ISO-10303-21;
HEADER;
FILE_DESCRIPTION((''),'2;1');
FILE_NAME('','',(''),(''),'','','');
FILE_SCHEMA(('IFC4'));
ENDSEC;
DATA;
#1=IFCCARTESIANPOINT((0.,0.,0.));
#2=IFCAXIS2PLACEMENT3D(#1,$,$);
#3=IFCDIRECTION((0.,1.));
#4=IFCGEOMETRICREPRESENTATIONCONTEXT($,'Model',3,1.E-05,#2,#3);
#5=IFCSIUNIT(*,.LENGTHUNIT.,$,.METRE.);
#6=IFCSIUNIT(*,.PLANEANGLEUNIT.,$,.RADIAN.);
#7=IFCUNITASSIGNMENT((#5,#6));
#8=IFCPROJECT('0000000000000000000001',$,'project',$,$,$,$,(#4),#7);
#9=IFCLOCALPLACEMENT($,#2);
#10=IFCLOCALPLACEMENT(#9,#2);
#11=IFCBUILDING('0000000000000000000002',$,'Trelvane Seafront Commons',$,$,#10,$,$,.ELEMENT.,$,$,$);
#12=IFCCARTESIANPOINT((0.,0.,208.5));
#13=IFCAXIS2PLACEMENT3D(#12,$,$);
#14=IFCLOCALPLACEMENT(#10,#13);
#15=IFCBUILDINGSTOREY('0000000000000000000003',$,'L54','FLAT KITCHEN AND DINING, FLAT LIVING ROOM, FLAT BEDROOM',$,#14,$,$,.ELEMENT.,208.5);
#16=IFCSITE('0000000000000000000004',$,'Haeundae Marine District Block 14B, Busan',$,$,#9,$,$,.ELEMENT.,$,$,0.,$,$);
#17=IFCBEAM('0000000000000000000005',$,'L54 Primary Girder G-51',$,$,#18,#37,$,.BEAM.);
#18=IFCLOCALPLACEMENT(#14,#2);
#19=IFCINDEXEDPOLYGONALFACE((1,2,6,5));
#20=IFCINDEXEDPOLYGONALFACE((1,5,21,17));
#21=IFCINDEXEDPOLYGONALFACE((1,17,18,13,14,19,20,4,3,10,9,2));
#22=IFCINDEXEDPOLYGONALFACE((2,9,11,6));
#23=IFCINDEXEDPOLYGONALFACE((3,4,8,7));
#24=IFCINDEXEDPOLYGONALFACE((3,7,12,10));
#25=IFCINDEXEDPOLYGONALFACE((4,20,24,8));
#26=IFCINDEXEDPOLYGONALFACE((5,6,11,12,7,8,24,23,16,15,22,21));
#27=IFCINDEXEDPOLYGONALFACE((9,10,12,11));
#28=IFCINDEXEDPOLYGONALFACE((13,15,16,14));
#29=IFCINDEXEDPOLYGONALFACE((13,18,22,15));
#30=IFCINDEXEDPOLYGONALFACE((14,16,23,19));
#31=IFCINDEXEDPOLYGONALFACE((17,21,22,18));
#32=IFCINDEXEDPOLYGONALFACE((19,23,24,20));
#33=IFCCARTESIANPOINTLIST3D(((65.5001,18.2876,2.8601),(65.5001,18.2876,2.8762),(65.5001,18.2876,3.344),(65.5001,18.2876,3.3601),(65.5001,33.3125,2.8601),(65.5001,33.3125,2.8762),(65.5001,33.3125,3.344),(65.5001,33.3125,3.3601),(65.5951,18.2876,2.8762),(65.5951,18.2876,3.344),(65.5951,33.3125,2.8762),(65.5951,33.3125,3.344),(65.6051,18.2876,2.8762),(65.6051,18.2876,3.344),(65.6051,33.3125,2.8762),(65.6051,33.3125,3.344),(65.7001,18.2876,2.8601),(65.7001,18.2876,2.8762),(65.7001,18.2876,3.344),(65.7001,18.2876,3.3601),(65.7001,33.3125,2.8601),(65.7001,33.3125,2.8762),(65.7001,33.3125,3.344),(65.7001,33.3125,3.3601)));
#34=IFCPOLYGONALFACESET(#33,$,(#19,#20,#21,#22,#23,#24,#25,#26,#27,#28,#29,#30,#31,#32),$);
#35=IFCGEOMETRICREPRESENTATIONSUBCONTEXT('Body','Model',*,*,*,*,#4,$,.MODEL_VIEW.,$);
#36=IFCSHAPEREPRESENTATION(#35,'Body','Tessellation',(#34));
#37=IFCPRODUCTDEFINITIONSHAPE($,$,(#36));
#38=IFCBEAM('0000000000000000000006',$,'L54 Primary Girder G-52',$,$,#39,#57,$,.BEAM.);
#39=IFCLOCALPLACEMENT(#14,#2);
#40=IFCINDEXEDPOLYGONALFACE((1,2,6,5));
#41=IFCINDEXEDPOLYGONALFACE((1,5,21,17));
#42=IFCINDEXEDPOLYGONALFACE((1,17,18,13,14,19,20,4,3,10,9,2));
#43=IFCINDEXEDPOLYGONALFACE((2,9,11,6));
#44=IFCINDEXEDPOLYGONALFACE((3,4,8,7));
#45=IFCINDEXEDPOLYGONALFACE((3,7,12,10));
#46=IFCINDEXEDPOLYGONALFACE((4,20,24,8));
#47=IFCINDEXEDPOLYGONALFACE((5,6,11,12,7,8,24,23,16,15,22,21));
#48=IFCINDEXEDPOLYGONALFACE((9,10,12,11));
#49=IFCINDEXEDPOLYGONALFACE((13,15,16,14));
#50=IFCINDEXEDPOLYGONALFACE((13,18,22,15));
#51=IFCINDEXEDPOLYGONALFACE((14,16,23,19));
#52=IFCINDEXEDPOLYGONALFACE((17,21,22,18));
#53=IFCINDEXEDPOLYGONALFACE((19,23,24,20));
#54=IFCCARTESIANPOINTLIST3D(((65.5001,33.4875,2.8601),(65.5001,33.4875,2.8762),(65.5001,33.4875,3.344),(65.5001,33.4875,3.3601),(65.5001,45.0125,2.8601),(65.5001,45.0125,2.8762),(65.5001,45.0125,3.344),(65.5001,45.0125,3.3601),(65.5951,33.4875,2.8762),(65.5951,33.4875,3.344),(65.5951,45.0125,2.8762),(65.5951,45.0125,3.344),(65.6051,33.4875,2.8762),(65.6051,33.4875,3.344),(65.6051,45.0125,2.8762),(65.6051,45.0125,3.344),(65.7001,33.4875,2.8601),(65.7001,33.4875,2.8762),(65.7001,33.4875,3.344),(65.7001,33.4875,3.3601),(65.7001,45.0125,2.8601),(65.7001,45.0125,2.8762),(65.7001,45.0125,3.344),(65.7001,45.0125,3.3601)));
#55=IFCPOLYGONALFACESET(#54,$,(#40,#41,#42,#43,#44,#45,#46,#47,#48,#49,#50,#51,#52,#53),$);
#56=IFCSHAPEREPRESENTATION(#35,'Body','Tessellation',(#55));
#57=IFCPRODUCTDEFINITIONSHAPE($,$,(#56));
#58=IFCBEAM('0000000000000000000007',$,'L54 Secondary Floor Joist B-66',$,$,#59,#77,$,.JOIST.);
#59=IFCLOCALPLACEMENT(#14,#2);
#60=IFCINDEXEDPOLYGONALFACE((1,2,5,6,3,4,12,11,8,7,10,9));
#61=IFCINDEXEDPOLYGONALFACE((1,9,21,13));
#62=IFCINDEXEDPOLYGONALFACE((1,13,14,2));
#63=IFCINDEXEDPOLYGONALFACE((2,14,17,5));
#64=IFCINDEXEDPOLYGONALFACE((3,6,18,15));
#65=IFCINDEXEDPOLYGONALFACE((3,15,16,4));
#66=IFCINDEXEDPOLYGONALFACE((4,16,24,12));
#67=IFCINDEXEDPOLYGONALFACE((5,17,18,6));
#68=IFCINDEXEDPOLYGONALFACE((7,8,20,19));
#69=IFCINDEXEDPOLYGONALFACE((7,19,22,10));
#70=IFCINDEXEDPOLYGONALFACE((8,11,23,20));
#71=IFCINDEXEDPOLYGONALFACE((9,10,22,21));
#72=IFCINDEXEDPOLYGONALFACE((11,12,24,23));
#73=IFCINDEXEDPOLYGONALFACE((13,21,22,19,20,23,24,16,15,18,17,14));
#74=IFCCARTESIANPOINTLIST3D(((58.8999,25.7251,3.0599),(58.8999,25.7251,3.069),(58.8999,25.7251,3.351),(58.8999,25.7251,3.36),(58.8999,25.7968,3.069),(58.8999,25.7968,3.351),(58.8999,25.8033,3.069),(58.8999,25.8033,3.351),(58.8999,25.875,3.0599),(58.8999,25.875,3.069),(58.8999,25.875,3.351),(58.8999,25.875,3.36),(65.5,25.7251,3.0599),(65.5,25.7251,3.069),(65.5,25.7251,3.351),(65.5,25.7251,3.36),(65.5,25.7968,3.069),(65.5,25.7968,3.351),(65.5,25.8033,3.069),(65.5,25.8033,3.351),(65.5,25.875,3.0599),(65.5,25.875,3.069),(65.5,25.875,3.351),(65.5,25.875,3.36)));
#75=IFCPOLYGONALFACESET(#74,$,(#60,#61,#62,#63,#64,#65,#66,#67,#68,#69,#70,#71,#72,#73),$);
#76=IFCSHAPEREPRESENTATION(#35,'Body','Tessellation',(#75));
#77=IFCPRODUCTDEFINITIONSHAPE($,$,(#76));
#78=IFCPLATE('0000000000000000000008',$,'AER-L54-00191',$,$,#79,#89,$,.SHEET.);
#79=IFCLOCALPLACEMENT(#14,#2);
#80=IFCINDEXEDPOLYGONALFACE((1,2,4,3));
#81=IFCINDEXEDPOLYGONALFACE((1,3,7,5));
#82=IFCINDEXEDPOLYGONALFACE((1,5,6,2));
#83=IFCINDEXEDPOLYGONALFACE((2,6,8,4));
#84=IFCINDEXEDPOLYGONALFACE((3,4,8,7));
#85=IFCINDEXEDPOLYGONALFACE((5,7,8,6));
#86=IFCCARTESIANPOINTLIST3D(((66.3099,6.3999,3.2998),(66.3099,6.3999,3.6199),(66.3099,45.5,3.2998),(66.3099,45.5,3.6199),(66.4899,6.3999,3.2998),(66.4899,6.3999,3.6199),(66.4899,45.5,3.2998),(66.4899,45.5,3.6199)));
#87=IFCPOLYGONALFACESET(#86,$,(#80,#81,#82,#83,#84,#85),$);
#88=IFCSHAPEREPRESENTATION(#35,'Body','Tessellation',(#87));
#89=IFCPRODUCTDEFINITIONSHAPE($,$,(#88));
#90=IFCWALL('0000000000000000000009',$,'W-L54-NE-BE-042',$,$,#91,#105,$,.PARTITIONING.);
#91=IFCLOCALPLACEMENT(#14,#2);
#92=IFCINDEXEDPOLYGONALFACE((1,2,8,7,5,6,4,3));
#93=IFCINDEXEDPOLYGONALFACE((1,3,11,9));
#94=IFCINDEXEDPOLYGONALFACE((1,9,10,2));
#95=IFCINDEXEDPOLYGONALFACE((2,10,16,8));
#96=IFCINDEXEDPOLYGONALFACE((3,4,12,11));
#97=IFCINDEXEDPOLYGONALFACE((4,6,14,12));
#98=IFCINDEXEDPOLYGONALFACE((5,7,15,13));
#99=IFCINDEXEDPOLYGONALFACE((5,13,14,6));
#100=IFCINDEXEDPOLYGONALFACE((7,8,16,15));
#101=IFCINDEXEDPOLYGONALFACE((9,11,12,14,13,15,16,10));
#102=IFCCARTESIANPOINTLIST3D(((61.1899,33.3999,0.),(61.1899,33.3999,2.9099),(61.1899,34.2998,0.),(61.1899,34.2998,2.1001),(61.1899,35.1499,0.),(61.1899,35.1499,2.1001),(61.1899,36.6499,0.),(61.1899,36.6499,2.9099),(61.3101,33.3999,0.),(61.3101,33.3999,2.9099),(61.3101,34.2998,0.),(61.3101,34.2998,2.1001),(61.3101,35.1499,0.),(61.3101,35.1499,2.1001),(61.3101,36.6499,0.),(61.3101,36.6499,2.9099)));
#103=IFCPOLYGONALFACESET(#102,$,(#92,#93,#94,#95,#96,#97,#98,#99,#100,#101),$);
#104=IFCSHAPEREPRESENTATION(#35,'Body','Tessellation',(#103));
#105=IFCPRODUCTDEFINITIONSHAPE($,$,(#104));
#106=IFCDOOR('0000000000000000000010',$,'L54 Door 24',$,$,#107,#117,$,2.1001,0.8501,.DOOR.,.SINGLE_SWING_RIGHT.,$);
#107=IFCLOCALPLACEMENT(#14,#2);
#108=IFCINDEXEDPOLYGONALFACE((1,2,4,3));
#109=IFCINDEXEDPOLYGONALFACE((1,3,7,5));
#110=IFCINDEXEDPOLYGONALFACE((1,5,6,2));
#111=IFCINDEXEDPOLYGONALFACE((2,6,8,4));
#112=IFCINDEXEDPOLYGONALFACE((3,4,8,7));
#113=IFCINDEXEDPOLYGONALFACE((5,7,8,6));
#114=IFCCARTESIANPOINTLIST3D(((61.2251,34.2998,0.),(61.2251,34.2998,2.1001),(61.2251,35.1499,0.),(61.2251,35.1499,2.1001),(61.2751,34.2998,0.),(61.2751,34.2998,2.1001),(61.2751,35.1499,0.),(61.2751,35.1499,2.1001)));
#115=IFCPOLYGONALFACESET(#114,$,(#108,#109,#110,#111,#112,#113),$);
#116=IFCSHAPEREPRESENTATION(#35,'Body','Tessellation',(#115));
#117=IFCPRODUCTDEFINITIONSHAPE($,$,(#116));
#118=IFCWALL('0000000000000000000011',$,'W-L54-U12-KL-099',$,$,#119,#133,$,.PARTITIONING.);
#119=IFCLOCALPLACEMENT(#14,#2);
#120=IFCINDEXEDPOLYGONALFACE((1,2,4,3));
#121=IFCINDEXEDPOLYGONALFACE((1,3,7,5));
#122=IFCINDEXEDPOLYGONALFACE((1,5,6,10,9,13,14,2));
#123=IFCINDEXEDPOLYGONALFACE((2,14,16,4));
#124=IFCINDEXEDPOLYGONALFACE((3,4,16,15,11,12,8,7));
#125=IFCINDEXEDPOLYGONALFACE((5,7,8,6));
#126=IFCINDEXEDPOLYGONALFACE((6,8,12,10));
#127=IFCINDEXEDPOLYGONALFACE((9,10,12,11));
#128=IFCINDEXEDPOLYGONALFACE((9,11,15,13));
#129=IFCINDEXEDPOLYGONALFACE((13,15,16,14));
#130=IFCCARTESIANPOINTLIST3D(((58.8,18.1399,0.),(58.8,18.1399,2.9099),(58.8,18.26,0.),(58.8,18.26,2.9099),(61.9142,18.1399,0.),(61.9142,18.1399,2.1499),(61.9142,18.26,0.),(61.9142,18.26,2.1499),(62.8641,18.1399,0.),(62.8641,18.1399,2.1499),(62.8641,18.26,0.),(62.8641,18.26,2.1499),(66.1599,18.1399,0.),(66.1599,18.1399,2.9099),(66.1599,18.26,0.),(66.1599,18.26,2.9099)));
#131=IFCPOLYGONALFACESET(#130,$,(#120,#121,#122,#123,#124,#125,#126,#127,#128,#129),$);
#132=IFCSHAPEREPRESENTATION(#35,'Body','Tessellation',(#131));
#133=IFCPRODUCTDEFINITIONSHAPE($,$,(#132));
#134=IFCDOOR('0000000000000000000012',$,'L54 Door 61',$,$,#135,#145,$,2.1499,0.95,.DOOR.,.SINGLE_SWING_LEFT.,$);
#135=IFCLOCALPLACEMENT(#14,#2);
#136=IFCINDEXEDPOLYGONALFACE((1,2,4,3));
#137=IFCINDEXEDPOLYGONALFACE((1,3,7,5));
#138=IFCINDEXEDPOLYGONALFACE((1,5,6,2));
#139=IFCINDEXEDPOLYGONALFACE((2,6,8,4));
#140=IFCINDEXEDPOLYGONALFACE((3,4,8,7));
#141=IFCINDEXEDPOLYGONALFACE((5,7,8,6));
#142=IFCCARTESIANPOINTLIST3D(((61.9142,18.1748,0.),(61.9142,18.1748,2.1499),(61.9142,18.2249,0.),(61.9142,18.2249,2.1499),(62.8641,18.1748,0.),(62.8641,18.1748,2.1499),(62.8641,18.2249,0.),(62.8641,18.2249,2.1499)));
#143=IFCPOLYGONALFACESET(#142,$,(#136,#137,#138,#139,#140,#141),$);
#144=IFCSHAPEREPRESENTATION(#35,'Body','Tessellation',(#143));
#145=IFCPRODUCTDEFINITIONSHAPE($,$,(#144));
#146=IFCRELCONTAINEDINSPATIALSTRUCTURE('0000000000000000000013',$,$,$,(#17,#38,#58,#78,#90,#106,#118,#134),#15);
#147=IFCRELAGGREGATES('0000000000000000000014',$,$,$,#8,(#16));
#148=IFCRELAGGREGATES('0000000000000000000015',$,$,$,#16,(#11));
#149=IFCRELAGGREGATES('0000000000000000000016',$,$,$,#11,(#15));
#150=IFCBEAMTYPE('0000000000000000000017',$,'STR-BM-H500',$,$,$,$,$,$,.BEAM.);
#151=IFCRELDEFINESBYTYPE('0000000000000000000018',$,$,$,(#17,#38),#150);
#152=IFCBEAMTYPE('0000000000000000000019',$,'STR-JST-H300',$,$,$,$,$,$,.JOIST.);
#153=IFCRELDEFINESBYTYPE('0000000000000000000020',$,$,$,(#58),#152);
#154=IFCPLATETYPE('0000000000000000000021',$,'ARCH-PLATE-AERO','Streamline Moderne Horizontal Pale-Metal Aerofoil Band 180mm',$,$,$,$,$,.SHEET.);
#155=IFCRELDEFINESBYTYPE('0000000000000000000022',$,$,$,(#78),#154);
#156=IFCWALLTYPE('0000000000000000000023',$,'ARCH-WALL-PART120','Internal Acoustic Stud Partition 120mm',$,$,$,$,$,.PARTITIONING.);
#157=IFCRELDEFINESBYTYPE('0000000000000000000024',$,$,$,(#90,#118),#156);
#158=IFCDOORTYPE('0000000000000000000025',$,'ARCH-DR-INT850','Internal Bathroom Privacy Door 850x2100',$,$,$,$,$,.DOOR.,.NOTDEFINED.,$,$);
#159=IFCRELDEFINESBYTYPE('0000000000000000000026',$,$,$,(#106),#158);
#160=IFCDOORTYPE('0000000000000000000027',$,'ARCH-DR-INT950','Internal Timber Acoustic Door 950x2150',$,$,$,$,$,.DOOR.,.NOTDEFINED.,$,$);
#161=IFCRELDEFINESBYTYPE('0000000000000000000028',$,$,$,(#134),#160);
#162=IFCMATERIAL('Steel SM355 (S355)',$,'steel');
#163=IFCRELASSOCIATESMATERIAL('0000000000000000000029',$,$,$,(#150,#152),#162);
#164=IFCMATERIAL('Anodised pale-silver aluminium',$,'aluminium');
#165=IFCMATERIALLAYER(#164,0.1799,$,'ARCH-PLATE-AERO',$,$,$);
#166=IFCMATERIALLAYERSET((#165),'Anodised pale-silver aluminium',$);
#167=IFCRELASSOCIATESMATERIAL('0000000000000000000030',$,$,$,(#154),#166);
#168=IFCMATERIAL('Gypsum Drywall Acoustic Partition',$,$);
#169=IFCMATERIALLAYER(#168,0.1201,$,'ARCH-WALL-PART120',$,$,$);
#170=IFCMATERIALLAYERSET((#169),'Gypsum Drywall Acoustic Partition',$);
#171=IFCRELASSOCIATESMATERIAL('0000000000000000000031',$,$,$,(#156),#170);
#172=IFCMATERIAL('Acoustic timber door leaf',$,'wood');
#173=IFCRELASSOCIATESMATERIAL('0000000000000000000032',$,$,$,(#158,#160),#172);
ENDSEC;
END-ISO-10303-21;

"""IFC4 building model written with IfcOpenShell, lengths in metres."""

from ifc_helpers import new_model, si_unit, direction, frame, frame_2d, origin, origin_2d, place, context, subcontext, project, spatial, rectangle, i_section, extrude, source, transform, mapped, material, layer, layer_set, material_profile, profile_set, type_object, element, fill, save


model = new_model("IFC4")

# Units and contexts
model_context = context("Model", 3, precision=1e-05, world=origin(), true_north=direction((0.0, 1.0)))
body_context = subcontext(model_context, "Body", "Model", "MODEL_VIEW")
ifc_project = project(units=[si_unit("LENGTHUNIT", "METRE"), si_unit("PLANEANGLEUNIT", "RADIAN")], contexts=[model_context])

# Site, building, storey
site_placement = place(None, origin())
site = spatial("IfcSite", under=ifc_project, at=site_placement, Name="Haeundae Marine District Block 14B, Busan", CompositionType="ELEMENT", RefElevation=0.0)
building_placement = place(site_placement, origin())
building = spatial("IfcBuilding", under=site, at=building_placement, Name="Trelvane Seafront Commons", CompositionType="ELEMENT")
storey_placement = place(building_placement, frame((0.0, 0.0, 208.5)))
storey = spatial("IfcBuildingStorey", under=building, at=storey_placement, Name="L54", Description="FLAT KITCHEN AND DINING, FLAT LIVING ROOM, FLAT BEDROOM", CompositionType="ELEMENT", Elevation=208.5)

# Shared definitions
ifc_material_1 = material(Name="Steel SM355 (S355)", Category="steel")

# Beams
ifc_material_profile_1 = material_profile(ifc_material_1, i_section(OverallWidth=0.2, OverallDepth=0.5, WebThickness=0.01, FlangeThickness=0.0161, at=origin_2d()), Name="H-500x200x10x16")
ifc_profile_set_1 = profile_set([ifc_material_profile_1], Name="Steel SM355 (S355)")
beam_type_1 = type_object("IfcBeamType", Name="STR-BM-H500", PredefinedType="BEAM", material=ifc_profile_set_1)
shared_shape_1 = source(origin(), body_context, "Body", "SweptSolid", [
    extrude(i_section(OverallWidth=0.2, OverallDepth=0.5, WebThickness=0.01, FlangeThickness=0.0161, at=origin_2d()), origin(), (0.0, 0.0, 1.0), 15.0249),
])
beam_1_placement = place(storey_placement, frame((65.6001, 18.2876, 3.1101), z_axis=(0.0, 1.0, 0.0), x_axis=(-1.0, 0.0, 0.0)))
element("IfcBeam", 1, at=beam_1_placement, inside=storey, type_object=beam_type_1, Name="L54 Primary Girder G-51", PredefinedType="BEAM", context=body_context, shape_type="MappedRepresentation", body=[
    mapped(shared_shape_1, transform((0.0, 0.0, 0.0), x_axis=(1.0, 0.0, 0.0), y_axis=(0.0, 1.0, 0.0), z_axis=(0.0, 0.0, 1.0), scale=1.0)),
])
shared_shape_2 = source(origin(), body_context, "Body", "SweptSolid", [
    extrude(i_section(OverallWidth=0.2, OverallDepth=0.5, WebThickness=0.01, FlangeThickness=0.0161, at=origin_2d()), origin(), (0.0, 0.0, 1.0), 11.5249),
])
beam_2_placement = place(storey_placement, frame((65.6001, 33.4875, 3.1101), z_axis=(0.0, 1.0, 0.0), x_axis=(-1.0, 0.0, 0.0)))
element("IfcBeam", 2, at=beam_2_placement, inside=storey, type_object=beam_type_1, Name="L54 Primary Girder G-52", PredefinedType="BEAM", context=body_context, shape_type="MappedRepresentation", body=[
    mapped(shared_shape_2, transform((0.0, 0.0, 0.0), x_axis=(1.0, 0.0, 0.0), y_axis=(0.0, 1.0, 0.0), z_axis=(0.0, 0.0, 1.0), scale=1.0)),
])
ifc_material_profile_2 = material_profile(ifc_material_1, i_section(OverallWidth=0.1499, OverallDepth=0.3, WebThickness=0.0066, FlangeThickness=0.009, at=origin_2d()), Name="H-300x150x6.5x9")
ifc_profile_set_2 = profile_set([ifc_material_profile_2], Name="Steel SM355 (S355)")
beam_type_2 = type_object("IfcBeamType", Name="STR-JST-H300", PredefinedType="JOIST", material=ifc_profile_set_2)
shared_shape_3 = source(origin(), body_context, "Body", "SweptSolid", [
    extrude(i_section(OverallWidth=0.1499, OverallDepth=0.3, WebThickness=0.0066, FlangeThickness=0.009, at=origin_2d()), origin(), (0.0, 0.0, 1.0), 6.6001),
])
beam_3_placement = place(storey_placement, frame((58.8999, 25.8, 3.21), z_axis=(1.0, 0.0, 0.0), x_axis=(0.0, 1.0, 0.0)))
element("IfcBeam", 3, at=beam_3_placement, inside=storey, type_object=beam_type_2, Name="L54 Secondary Floor Joist B-66", PredefinedType="JOIST", context=body_context, shape_type="MappedRepresentation", body=[
    mapped(shared_shape_3, transform((0.0, 0.0, 0.0), x_axis=(1.0, 0.0, 0.0), y_axis=(0.0, 1.0, 0.0), z_axis=(0.0, 0.0, 1.0), scale=1.0)),
])

# Plate
ifc_material_2 = material(Name="Anodised pale-silver aluminium", Category="aluminium")
ifc_layer_1 = layer(ifc_material_2, 0.1799, Name="ARCH-PLATE-AERO")
ifc_layer_set_1 = layer_set([ifc_layer_1], Name="Anodised pale-silver aluminium")
plate_type = type_object("IfcPlateType", Name="ARCH-PLATE-AERO", Description="Streamline Moderne Horizontal Pale-Metal Aerofoil Band 180mm", PredefinedType="SHEET", material=ifc_layer_set_1)
shared_shape_4 = source(origin(), body_context, "Body", "SweptSolid", [
    extrude(rectangle(XDim=39.1001, YDim=0.1799, at=origin_2d()), origin(), (0.0, 0.0, 1.0), 0.3201),
])
plate_placement = place(storey_placement, frame((66.3999, 25.95, 3.2998), z_axis=(0.0, 0.0, 1.0), x_axis=(0.0, -1.0, 0.0)))
element("IfcPlate", 4, at=plate_placement, inside=storey, type_object=plate_type, Name="AER-L54-00191", PredefinedType="SHEET", context=body_context, shape_type="MappedRepresentation", body=[
    mapped(shared_shape_4, transform((0.0, 0.0, 0.0), x_axis=(1.0, 0.0, 0.0), y_axis=(0.0, 1.0, 0.0), z_axis=(0.0, 0.0, 1.0), scale=1.0)),
])

# Walls, openings, doors
ifc_material_3 = material(Name="Gypsum Drywall Acoustic Partition")
ifc_layer_2 = layer(ifc_material_3, 0.1201, Name="ARCH-WALL-PART120")
ifc_layer_set_2 = layer_set([ifc_layer_2], Name="Gypsum Drywall Acoustic Partition")
wall_type_1 = type_object("IfcWallType", Name="ARCH-WALL-PART120", Description="Internal Acoustic Stud Partition 120mm", PredefinedType="PARTITIONING", material=ifc_layer_set_2)
wall_1_placement = place(storey_placement, frame((61.25, 33.3999, 0.0), z_axis=(0.0, 0.0, 1.0), x_axis=(0.0, 1.0, 0.0)))
wall_1 = element("IfcWall", 5, at=wall_1_placement, inside=storey, type_object=wall_type_1, Name="W-L54-NE-BE-042", PredefinedType="PARTITIONING", context=body_context, shape_type="SweptSolid", body=[
    extrude(rectangle(XDim=3.25, YDim=0.1201, at=frame_2d((1.625, 0.0))), origin(), (0.0, 0.0, 1.0), 2.9099),
])
opening_1_placement = place(wall_1_placement, frame((0.8999, 0.0, 0.0)))
opening_1 = element("IfcOpeningElement", 6, at=opening_1_placement, cuts=wall_1, PredefinedType="OPENING", context=body_context, shape_type="SweptSolid", body=[
    extrude(rectangle(XDim=0.8501, YDim=2.1001, at=frame_2d((0.425, 1.05))), frame((0.0, 0.0701, 0.0), z_axis=(0.0, -1.0, 0.0), x_axis=(1.0, 0.0, 0.0)), (0.0, 0.0, 1.0), 0.1401),
])
ifc_material_4 = material(Name="Acoustic timber door leaf", Category="wood")
door_type_1 = type_object("IfcDoorType", Name="ARCH-DR-INT850", Description="Internal Bathroom Privacy Door 850x2100", OperationType="NOTDEFINED", PredefinedType="DOOR", material=ifc_material_4)
shared_shape_5 = source(origin(), body_context, "Body", "SweptSolid", [
    extrude(rectangle(XDim=0.8501, YDim=2.1001, at=frame_2d((0.425, 1.05))), frame((0.0, 0.0249, 0.0), z_axis=(0.0, -1.0, 0.0), x_axis=(1.0, 0.0, 0.0)), (0.0, 0.0, 1.0), 0.05),
])
door_1_placement = place(opening_1_placement, origin())
door_1 = element("IfcDoor", 7, at=door_1_placement, inside=storey, type_object=door_type_1, Name="L54 Door 24", OperationType="SINGLE_SWING_RIGHT", OverallHeight=2.1001, OverallWidth=0.8501, PredefinedType="DOOR", context=body_context, shape_type="MappedRepresentation", body=[
    mapped(shared_shape_5, transform((0.0, 0.0, 0.0), x_axis=(1.0, 0.0, 0.0), y_axis=(0.0, 1.0, 0.0), z_axis=(0.0, 0.0, 1.0), scale=1.0)),
])
fill(opening_1, door_1)
door_type_2 = type_object("IfcDoorType", Name="ARCH-DR-INT950", Description="Internal Timber Acoustic Door 950x2150", OperationType="NOTDEFINED", PredefinedType="DOOR", material=ifc_material_4)
shared_shape_6 = source(origin(), body_context, "Body", "SweptSolid", [
    extrude(rectangle(XDim=0.95, YDim=2.1499, at=frame_2d((0.4751, 1.075))), frame((0.0, 0.0249, 0.0), z_axis=(0.0, -1.0, 0.0), x_axis=(1.0, 0.0, 0.0)), (0.0, 0.0, 1.0), 0.05),
])
wall_2_placement = place(storey_placement, frame((58.8, 18.2, 0.0), z_axis=(0.0, 0.0, 1.0), x_axis=(1.0, 0.0, 0.0)))
wall_2 = element("IfcWall", 8, at=wall_2_placement, inside=storey, type_object=wall_type_1, Name="W-L54-U12-KL-099", PredefinedType="PARTITIONING", context=body_context, shape_type="SweptSolid", body=[
    extrude(rectangle(XDim=7.3599, YDim=0.1201, at=frame_2d((3.6799, 0.0))), origin(), (0.0, 0.0, 1.0), 2.9099),
])
opening_2_placement = place(wall_2_placement, frame((3.114, 0.0, 0.0)))
opening_2 = element("IfcOpeningElement", 9, at=opening_2_placement, cuts=wall_2, PredefinedType="OPENING", context=body_context, shape_type="SweptSolid", body=[
    extrude(rectangle(XDim=0.95, YDim=2.1499, at=frame_2d((0.4751, 1.075))), frame((0.0, 0.0701, 0.0), z_axis=(0.0, -1.0, 0.0), x_axis=(1.0, 0.0, 0.0)), (0.0, 0.0, 1.0), 0.1401),
])
door_2_placement = place(opening_2_placement, origin())
door_2 = element("IfcDoor", 10, at=door_2_placement, inside=storey, type_object=door_type_2, Name="L54 Door 61", OperationType="SINGLE_SWING_LEFT", OverallHeight=2.1499, OverallWidth=0.95, PredefinedType="DOOR", context=body_context, shape_type="MappedRepresentation", body=[
    mapped(shared_shape_6, transform((0.0, 0.0, 0.0), x_axis=(1.0, 0.0, 0.0), y_axis=(0.0, 1.0, 0.0), z_axis=(0.0, 0.0, 1.0), scale=1.0)),
])
fill(opening_2, door_2)

save(model, "model.ifc")
